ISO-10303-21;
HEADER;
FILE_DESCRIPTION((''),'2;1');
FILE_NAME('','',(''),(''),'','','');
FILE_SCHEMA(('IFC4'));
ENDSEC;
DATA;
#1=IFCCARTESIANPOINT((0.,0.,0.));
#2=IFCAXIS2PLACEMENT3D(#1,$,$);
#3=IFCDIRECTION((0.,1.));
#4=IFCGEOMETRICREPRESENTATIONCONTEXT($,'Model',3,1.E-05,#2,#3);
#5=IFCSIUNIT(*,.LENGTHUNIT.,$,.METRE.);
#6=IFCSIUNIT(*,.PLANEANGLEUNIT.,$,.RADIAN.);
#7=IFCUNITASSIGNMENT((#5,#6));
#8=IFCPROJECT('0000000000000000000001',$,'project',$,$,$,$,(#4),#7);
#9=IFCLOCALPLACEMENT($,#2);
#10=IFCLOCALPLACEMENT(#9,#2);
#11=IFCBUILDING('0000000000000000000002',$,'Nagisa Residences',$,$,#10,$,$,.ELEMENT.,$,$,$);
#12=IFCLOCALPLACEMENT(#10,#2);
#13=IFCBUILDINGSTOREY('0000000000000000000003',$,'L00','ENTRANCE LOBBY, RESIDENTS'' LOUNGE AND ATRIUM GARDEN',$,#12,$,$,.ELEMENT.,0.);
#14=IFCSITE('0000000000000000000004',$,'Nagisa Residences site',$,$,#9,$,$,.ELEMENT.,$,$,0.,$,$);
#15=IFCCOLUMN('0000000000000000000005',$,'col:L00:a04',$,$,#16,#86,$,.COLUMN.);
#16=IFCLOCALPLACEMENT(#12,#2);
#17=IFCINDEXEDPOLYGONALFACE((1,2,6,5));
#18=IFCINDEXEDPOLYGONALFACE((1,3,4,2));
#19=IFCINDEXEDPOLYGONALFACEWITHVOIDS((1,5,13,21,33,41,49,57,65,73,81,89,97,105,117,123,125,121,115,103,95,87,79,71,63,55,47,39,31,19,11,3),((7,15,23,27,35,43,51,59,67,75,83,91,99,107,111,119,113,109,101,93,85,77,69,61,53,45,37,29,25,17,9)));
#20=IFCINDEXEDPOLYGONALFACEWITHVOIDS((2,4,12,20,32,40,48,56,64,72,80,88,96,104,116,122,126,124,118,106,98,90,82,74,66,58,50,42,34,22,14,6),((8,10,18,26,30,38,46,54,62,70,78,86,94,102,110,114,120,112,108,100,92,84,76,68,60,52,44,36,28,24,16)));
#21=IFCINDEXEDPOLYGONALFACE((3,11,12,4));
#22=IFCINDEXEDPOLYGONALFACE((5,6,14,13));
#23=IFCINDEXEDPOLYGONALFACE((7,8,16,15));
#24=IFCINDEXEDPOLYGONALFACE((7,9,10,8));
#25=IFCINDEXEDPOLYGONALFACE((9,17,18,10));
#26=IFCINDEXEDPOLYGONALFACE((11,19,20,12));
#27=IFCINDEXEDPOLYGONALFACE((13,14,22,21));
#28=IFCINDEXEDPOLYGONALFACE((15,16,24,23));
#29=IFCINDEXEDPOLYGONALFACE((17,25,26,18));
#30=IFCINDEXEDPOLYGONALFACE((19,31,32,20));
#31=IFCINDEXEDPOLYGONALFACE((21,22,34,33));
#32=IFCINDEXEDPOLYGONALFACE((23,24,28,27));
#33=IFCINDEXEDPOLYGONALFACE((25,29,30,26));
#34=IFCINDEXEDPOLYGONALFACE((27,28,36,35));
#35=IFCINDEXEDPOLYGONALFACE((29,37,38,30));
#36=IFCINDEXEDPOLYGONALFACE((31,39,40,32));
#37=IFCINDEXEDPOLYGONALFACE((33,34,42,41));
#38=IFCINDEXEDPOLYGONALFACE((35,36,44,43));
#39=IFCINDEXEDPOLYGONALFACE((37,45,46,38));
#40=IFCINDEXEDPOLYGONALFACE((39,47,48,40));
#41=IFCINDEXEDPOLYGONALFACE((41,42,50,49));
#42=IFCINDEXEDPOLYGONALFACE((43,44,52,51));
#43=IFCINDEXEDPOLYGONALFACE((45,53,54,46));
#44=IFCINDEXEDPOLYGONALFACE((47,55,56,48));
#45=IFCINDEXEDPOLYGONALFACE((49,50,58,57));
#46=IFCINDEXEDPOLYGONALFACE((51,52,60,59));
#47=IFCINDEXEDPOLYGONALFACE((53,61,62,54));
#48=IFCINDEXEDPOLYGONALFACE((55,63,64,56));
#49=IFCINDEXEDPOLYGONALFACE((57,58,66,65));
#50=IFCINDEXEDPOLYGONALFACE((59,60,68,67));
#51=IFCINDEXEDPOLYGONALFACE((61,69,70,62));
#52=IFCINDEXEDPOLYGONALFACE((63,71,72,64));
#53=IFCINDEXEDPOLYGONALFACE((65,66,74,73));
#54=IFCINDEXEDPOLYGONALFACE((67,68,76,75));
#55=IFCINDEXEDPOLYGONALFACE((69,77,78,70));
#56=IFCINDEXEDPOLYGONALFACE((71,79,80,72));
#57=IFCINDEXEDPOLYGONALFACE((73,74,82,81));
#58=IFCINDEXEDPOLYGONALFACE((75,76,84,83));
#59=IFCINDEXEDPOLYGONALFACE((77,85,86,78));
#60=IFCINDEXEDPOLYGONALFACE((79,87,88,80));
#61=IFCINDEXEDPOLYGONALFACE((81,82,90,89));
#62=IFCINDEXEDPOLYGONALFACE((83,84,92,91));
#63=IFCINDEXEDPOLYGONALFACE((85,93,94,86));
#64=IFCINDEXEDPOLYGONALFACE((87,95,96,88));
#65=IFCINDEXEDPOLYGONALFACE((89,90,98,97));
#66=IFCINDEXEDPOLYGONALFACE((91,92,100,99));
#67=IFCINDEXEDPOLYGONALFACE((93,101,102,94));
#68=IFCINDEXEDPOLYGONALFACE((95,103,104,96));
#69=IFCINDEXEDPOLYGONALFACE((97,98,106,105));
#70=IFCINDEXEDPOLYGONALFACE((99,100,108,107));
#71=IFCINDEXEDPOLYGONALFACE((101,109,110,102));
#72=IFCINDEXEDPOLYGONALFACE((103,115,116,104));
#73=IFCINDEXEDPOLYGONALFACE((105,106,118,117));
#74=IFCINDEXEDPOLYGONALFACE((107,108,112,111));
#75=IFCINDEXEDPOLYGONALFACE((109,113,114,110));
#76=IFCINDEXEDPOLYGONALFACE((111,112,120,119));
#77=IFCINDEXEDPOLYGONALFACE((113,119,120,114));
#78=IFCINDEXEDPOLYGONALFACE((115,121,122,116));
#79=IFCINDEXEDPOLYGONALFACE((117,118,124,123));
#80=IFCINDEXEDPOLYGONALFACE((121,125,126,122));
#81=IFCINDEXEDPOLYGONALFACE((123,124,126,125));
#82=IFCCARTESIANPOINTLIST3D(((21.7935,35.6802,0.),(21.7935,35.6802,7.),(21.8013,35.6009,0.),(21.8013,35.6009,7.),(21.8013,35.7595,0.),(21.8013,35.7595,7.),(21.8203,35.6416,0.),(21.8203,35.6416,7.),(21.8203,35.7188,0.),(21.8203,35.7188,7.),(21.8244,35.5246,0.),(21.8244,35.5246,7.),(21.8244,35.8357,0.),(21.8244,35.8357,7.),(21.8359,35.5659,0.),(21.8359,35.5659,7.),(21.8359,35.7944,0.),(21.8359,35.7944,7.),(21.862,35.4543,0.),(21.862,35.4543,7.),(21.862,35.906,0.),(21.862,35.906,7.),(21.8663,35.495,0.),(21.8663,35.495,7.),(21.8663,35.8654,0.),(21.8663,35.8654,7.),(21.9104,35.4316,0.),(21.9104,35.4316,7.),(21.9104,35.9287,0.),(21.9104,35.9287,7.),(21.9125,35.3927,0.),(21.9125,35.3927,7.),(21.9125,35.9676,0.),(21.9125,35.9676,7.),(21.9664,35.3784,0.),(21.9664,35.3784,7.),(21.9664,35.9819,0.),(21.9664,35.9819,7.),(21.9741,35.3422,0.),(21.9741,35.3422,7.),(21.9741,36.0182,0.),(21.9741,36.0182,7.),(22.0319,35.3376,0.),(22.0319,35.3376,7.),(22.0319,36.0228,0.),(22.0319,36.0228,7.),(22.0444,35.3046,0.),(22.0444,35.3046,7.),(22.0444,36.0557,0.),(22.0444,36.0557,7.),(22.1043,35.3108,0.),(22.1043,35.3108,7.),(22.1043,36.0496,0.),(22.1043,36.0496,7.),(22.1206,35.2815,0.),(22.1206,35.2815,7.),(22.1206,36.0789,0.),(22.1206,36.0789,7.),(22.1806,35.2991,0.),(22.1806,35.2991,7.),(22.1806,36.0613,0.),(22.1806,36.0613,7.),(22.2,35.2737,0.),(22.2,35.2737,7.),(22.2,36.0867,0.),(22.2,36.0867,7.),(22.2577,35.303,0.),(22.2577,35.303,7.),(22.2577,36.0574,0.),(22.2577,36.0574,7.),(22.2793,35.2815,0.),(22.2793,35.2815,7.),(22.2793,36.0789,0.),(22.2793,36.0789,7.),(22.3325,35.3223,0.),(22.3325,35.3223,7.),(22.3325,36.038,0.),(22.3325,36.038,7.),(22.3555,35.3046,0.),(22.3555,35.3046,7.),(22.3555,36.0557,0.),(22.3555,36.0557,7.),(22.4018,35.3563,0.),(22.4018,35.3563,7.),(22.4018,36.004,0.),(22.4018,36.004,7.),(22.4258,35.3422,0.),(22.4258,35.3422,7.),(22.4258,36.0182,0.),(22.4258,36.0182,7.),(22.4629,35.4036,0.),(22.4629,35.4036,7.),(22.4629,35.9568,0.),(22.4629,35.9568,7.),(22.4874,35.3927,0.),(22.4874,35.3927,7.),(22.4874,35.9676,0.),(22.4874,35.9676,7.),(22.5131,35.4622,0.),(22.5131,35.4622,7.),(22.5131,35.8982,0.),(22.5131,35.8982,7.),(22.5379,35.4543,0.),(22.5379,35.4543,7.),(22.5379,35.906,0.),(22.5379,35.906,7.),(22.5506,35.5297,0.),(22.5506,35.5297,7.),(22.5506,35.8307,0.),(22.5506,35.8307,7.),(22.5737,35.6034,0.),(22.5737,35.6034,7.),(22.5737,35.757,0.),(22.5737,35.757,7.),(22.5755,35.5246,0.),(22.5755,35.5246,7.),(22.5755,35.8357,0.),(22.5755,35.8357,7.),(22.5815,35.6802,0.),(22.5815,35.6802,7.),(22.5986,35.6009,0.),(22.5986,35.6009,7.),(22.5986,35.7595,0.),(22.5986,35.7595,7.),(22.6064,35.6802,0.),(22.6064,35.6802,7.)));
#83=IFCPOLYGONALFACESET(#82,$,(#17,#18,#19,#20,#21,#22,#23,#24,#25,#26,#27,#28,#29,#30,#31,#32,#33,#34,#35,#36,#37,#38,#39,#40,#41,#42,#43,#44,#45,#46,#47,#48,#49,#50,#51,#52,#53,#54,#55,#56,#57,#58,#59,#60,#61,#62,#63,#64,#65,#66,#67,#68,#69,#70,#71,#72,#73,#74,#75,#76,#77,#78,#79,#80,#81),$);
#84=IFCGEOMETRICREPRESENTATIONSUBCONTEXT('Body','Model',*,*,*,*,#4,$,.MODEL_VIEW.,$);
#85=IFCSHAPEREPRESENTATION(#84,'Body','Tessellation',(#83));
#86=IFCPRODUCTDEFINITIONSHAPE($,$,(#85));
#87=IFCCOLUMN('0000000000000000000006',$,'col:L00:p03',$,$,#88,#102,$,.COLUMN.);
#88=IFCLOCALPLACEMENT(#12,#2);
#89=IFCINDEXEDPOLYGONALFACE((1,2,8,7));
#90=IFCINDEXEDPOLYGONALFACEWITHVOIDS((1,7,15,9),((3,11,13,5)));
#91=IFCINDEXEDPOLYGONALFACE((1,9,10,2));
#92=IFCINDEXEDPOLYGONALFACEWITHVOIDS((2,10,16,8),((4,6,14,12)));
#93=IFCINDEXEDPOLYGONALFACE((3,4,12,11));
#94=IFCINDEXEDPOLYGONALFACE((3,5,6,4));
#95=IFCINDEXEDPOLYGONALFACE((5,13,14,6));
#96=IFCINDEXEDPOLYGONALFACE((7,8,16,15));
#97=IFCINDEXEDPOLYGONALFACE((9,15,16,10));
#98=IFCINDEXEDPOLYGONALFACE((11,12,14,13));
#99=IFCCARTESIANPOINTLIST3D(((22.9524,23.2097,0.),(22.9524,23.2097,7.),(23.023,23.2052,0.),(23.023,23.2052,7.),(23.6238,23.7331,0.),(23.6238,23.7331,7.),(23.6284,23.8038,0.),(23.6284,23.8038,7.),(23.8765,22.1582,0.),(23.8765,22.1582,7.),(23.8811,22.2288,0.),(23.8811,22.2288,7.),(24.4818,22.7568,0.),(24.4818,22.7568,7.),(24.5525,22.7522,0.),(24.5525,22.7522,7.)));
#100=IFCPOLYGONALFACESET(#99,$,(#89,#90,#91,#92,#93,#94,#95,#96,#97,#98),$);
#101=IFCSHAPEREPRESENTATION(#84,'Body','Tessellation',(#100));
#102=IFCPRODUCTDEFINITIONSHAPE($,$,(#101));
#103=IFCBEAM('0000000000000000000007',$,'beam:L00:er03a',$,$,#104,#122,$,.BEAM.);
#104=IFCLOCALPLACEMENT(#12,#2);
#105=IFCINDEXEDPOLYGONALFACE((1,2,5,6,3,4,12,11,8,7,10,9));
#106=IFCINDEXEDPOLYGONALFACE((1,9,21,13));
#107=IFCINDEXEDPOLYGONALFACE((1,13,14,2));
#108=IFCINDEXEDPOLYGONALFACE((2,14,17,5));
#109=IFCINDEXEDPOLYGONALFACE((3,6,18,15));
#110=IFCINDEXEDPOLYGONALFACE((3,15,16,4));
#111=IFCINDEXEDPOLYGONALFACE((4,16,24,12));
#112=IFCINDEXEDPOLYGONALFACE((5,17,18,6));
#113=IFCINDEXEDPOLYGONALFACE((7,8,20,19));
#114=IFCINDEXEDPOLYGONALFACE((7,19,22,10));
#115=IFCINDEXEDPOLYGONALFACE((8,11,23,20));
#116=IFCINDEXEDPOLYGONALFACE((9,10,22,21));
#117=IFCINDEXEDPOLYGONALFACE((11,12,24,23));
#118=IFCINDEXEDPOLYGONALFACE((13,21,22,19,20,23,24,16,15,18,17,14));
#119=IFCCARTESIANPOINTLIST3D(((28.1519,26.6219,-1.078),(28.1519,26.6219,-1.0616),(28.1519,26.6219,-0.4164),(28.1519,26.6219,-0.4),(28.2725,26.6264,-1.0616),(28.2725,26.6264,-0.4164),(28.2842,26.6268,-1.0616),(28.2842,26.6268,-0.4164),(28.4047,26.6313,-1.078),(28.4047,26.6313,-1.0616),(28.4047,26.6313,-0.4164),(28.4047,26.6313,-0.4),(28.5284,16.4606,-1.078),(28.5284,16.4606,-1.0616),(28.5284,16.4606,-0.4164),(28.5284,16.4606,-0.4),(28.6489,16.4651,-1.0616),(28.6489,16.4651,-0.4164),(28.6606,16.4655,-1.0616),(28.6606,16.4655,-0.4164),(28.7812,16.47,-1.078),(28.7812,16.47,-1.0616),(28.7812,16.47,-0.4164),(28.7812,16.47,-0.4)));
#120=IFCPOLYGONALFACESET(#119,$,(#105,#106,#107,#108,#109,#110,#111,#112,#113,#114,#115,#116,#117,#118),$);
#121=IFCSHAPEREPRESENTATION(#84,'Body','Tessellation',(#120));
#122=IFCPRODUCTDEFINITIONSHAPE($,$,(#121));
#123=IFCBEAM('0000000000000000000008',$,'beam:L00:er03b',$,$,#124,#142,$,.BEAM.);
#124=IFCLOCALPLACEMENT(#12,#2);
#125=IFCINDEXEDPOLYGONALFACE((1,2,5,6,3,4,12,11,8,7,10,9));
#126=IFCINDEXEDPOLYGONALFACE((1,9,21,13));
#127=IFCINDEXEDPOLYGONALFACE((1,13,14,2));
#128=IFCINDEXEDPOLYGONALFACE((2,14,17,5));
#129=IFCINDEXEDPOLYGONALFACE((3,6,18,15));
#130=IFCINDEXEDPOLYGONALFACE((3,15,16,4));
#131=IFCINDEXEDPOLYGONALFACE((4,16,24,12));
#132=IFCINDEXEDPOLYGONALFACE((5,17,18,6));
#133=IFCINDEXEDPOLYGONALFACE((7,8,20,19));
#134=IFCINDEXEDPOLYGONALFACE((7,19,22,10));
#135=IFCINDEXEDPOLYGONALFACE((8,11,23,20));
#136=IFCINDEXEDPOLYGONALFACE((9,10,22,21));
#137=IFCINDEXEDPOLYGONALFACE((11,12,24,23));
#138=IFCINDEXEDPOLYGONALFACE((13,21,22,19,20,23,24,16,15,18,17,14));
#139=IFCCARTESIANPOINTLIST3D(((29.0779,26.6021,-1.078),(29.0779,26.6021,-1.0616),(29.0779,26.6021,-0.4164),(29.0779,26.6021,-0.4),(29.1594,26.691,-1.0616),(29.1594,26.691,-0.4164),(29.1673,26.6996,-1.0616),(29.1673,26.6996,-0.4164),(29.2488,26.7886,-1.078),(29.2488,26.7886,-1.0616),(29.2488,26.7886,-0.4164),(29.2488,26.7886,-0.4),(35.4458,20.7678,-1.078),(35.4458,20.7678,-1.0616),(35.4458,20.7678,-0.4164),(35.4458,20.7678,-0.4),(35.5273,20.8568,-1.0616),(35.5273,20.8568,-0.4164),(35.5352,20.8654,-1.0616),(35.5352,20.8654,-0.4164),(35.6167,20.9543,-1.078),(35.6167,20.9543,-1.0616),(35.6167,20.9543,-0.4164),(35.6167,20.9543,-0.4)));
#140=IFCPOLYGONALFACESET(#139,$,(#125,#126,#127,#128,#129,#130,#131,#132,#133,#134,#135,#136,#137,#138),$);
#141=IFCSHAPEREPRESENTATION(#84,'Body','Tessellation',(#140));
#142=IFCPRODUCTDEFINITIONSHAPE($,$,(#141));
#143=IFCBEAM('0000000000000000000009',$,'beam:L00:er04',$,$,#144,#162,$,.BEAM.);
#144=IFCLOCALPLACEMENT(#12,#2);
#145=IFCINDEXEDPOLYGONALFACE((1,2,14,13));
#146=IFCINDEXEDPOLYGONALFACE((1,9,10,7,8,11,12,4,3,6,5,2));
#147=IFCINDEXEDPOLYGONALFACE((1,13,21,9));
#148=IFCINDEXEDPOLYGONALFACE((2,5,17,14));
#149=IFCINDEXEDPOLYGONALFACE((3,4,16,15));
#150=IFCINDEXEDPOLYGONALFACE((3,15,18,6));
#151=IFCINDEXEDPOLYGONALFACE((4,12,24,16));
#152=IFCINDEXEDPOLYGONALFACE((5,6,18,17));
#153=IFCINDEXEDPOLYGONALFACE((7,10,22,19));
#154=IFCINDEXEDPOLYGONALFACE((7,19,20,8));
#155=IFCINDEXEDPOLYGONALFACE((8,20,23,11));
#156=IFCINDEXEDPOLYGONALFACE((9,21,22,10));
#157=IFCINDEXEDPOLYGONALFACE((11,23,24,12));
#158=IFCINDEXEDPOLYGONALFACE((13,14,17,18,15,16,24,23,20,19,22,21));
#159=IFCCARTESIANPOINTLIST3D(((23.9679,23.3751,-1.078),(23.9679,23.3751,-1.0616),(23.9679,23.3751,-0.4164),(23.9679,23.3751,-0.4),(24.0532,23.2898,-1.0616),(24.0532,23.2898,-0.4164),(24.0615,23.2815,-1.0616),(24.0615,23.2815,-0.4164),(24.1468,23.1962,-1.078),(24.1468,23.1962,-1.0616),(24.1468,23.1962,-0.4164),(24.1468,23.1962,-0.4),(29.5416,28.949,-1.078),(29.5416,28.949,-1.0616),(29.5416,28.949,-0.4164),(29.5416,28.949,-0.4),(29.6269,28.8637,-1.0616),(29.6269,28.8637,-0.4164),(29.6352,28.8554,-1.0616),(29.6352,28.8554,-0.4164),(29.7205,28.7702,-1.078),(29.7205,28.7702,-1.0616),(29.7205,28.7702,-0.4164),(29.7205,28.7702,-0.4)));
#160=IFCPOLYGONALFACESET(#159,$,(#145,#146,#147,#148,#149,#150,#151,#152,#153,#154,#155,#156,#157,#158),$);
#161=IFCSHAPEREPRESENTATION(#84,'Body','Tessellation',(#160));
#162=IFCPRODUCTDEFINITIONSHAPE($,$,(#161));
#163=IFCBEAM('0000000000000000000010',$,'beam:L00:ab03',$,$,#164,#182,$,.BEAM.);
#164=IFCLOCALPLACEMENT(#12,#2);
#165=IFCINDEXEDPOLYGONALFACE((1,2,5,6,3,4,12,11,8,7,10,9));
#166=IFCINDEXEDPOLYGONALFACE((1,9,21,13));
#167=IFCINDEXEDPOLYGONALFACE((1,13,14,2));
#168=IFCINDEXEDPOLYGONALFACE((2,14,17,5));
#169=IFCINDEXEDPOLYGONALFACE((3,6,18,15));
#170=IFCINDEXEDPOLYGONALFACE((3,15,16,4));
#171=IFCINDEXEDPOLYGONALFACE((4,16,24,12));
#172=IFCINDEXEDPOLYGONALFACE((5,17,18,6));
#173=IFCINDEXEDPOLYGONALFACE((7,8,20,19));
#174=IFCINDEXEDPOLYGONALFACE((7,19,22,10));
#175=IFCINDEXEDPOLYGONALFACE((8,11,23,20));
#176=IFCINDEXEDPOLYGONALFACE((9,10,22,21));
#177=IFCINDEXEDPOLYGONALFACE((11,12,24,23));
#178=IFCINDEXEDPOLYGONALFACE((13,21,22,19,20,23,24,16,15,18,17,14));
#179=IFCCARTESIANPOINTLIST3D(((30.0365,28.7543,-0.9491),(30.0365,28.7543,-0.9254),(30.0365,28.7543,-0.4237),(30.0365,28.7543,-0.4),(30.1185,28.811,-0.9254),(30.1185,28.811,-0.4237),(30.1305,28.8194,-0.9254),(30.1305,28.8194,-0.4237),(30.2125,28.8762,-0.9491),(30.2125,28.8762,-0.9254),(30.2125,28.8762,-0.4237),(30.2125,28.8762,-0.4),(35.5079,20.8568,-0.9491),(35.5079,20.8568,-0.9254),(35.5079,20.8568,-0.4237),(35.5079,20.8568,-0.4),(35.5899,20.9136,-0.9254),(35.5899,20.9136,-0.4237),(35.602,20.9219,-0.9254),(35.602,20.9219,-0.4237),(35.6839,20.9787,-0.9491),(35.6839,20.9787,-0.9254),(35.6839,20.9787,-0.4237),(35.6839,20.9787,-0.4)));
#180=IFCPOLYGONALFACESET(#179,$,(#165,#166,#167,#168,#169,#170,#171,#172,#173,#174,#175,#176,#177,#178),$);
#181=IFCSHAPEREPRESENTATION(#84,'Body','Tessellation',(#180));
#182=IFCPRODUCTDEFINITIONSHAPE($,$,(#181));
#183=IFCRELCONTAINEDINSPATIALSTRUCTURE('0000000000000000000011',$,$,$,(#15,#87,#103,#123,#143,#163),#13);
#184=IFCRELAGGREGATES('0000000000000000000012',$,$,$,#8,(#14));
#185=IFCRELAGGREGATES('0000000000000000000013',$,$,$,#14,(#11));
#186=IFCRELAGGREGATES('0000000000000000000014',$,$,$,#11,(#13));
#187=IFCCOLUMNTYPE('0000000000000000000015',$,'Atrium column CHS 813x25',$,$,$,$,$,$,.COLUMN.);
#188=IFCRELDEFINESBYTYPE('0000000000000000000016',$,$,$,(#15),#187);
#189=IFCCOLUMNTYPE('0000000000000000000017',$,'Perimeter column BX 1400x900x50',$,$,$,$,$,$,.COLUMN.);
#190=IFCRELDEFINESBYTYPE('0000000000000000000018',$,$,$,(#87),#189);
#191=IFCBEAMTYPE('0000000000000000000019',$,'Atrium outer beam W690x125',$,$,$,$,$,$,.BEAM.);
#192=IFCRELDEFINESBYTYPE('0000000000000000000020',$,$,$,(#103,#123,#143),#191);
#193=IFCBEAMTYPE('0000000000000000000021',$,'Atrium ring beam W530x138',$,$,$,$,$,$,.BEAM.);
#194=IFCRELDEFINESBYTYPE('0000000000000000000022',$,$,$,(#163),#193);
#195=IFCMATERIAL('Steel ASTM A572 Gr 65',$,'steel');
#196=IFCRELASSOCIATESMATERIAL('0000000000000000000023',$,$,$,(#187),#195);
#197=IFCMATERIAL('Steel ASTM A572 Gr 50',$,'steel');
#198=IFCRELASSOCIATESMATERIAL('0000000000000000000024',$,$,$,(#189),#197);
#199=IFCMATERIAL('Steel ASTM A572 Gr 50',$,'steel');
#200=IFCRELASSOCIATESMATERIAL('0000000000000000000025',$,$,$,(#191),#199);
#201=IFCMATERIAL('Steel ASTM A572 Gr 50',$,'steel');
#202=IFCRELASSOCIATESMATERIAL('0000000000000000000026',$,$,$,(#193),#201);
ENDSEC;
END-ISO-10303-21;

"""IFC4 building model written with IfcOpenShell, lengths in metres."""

from ifc_helpers import new_model, si_unit, direction, frame, origin, origin_2d, place, context, subcontext, project, spatial, hollow_rectangle, hollow_circle, i_section, extrude, material, material_profile, profile_set, type_object, element, save


model = new_model("IFC4")

# Units and contexts
model_context = context("Model", 3, precision=1e-05, world=origin(), true_north=direction((0.0, 1.0)))
body_context = subcontext(model_context, "Body", "Model", "MODEL_VIEW")
ifc_project = project(units=[si_unit("LENGTHUNIT", "METRE"), si_unit("PLANEANGLEUNIT", "RADIAN")], contexts=[model_context])

# Site, building, storey
site_placement = place(None, origin())
site = spatial("IfcSite", under=ifc_project, at=site_placement, Name="Nagisa Residences site", CompositionType="ELEMENT", RefElevation=0.0)
building_placement = place(site_placement, origin())
building = spatial("IfcBuilding", under=site, at=building_placement, Name="Nagisa Residences", CompositionType="ELEMENT")
storey_placement = place(building_placement, origin())
storey = spatial("IfcBuildingStorey", under=building, at=storey_placement, Name="L00", Description="ENTRANCE LOBBY, RESIDENTS' LOUNGE AND ATRIUM GARDEN", CompositionType="ELEMENT", Elevation=0.0)

# Columns
ifc_material_1 = material(Name="Steel ASTM A572 Gr 65", Category="steel")
ifc_material_profile_1 = material_profile(ifc_material_1, hollow_circle(Radius=0.4065, WallThickness=0.0249, at=origin_2d()), Name="CHS 813x25")
ifc_profile_set_1 = profile_set([ifc_material_profile_1], Name="Steel ASTM A572 Gr 65")
column_type_1 = type_object("IfcColumnType", Name="Atrium column CHS 813x25", PredefinedType="COLUMN", material=ifc_profile_set_1)
for number, where, z_axis, x_axis, name in (
    (1, (22.2, 35.6802, 0.0), (0.0, 0.0, 1.0), (1.0, 0.0, 0.0), "col:L00:a04"),
):
    element("IfcColumn", number, at=place(storey_placement, frame(where, z_axis=z_axis, x_axis=x_axis)), inside=storey, type_object=column_type_1, Name=name, PredefinedType="COLUMN", context=body_context, shape_type="SweptSolid", body=[
        extrude(hollow_circle(Radius=0.4065, WallThickness=0.0249, at=origin_2d()), origin(), (0.0, 0.0, 1.0), 7.0),
    ])
ifc_material_2 = material(Name="Steel ASTM A572 Gr 50", Category="steel")
ifc_material_profile_2 = material_profile(ifc_material_2, hollow_rectangle(XDim=1.3999, YDim=0.8999, WallThickness=0.05, at=origin_2d()), Name="BX 1400x900x50")
ifc_profile_set_2 = profile_set([ifc_material_profile_2], Name="Steel ASTM A572 Gr 50")
column_type_2 = type_object("IfcColumnType", Name="Perimeter column BX 1400x900x50", PredefinedType="COLUMN", material=ifc_profile_set_2)
column_placement = place(storey_placement, frame((23.7524, 22.981, 0.0), z_axis=(0.0, 0.0, 1.0), x_axis=(-0.660115, 0.751165, 0.0)))
element("IfcColumn", 2, at=column_placement, inside=storey, type_object=column_type_2, Name="col:L00:p03", PredefinedType="COLUMN", context=body_context, shape_type="SweptSolid", body=[
    extrude(hollow_rectangle(XDim=1.3999, YDim=0.8999, WallThickness=0.05, at=origin_2d()), origin(), (0.0, 0.0, 1.0), 7.0),
])

# Beams
ifc_material_3 = material(Name="Steel ASTM A572 Gr 50", Category="steel")
ifc_material_profile_3 = material_profile(ifc_material_3, i_section(OverallWidth=0.2529, OverallDepth=0.678, WebThickness=0.0117, FlangeThickness=0.0164, at=origin_2d()), Name="W690x125")
ifc_profile_set_3 = profile_set([ifc_material_profile_3], Name="Steel ASTM A572 Gr 50")
beam_type_1 = type_object("IfcBeamType", Name="Atrium outer beam W690x125", PredefinedType="BEAM", material=ifc_profile_set_3)
beam_1_placement = place(storey_placement, frame((28.6548, 16.4653, -0.739), z_axis=(-0.037024, 0.999314, 0.0), x_axis=(-0.999314, -0.037024, 0.0)))
element("IfcBeam", 3, at=beam_1_placement, inside=storey, type_object=beam_type_1, Name="beam:L00:er03a", PredefinedType="BEAM", context=body_context, shape_type="SweptSolid", body=[
    extrude(i_section(OverallWidth=0.2529, OverallDepth=0.678, WebThickness=0.0117, FlangeThickness=0.0164, at=origin_2d()), origin(), (0.0, 0.0, 1.0), 10.1682),
])
beam_2_placement = place(storey_placement, frame((29.1633, 26.6953, -0.739), z_axis=(0.737329, -0.675534, 0.0), x_axis=(0.675534, 0.737329, 0.0)))
element("IfcBeam", 4, at=beam_2_placement, inside=storey, type_object=beam_type_1, Name="beam:L00:er03b", PredefinedType="BEAM", context=body_context, shape_type="SweptSolid", body=[
    extrude(i_section(OverallWidth=0.2529, OverallDepth=0.678, WebThickness=0.0117, FlangeThickness=0.0164, at=origin_2d()), origin(), (0.0, 0.0, 1.0), 8.6365),
])
beam_3_placement = place(storey_placement, frame((24.0574, 23.2856, -0.739), z_axis=(0.707091, 0.707122, 0.0), x_axis=(-0.707122, 0.707091, 0.0)))
element("IfcBeam", 5, at=beam_3_placement, inside=storey, type_object=beam_type_1, Name="beam:L00:er04", PredefinedType="BEAM", context=body_context, shape_type="SweptSolid", body=[
    extrude(i_section(OverallWidth=0.2529, OverallDepth=0.678, WebThickness=0.0117, FlangeThickness=0.0164, at=origin_2d()), origin(), (0.0, 0.0, 1.0), 7.8826),
])
ifc_material_4 = material(Name="Steel ASTM A572 Gr 50", Category="steel")
ifc_material_profile_4 = material_profile(ifc_material_4, i_section(OverallWidth=0.2141, OverallDepth=0.5491, WebThickness=0.0146, FlangeThickness=0.0237, at=origin_2d()), Name="W530x138")
ifc_profile_set_4 = profile_set([ifc_material_profile_4], Name="Steel ASTM A572 Gr 50")
beam_type_2 = type_object("IfcBeamType", Name="Atrium ring beam W530x138", PredefinedType="BEAM", material=ifc_profile_set_4)
beam_4_placement = place(storey_placement, frame((35.5959, 20.9177, -0.6746), z_axis=(-0.569489, 0.821999, 0.0), x_axis=(-0.821999, -0.569489, 0.0)))
element("IfcBeam", 6, at=beam_4_placement, inside=storey, type_object=beam_type_2, Name="beam:L00:ab03", PredefinedType="BEAM", context=body_context, shape_type="SweptSolid", body=[
    extrude(i_section(OverallWidth=0.2141, OverallDepth=0.5491, WebThickness=0.0146, FlangeThickness=0.0237, at=origin_2d()), origin(), (0.0, 0.0, 1.0), 9.6077),
])

save(model, "model.ifc")
